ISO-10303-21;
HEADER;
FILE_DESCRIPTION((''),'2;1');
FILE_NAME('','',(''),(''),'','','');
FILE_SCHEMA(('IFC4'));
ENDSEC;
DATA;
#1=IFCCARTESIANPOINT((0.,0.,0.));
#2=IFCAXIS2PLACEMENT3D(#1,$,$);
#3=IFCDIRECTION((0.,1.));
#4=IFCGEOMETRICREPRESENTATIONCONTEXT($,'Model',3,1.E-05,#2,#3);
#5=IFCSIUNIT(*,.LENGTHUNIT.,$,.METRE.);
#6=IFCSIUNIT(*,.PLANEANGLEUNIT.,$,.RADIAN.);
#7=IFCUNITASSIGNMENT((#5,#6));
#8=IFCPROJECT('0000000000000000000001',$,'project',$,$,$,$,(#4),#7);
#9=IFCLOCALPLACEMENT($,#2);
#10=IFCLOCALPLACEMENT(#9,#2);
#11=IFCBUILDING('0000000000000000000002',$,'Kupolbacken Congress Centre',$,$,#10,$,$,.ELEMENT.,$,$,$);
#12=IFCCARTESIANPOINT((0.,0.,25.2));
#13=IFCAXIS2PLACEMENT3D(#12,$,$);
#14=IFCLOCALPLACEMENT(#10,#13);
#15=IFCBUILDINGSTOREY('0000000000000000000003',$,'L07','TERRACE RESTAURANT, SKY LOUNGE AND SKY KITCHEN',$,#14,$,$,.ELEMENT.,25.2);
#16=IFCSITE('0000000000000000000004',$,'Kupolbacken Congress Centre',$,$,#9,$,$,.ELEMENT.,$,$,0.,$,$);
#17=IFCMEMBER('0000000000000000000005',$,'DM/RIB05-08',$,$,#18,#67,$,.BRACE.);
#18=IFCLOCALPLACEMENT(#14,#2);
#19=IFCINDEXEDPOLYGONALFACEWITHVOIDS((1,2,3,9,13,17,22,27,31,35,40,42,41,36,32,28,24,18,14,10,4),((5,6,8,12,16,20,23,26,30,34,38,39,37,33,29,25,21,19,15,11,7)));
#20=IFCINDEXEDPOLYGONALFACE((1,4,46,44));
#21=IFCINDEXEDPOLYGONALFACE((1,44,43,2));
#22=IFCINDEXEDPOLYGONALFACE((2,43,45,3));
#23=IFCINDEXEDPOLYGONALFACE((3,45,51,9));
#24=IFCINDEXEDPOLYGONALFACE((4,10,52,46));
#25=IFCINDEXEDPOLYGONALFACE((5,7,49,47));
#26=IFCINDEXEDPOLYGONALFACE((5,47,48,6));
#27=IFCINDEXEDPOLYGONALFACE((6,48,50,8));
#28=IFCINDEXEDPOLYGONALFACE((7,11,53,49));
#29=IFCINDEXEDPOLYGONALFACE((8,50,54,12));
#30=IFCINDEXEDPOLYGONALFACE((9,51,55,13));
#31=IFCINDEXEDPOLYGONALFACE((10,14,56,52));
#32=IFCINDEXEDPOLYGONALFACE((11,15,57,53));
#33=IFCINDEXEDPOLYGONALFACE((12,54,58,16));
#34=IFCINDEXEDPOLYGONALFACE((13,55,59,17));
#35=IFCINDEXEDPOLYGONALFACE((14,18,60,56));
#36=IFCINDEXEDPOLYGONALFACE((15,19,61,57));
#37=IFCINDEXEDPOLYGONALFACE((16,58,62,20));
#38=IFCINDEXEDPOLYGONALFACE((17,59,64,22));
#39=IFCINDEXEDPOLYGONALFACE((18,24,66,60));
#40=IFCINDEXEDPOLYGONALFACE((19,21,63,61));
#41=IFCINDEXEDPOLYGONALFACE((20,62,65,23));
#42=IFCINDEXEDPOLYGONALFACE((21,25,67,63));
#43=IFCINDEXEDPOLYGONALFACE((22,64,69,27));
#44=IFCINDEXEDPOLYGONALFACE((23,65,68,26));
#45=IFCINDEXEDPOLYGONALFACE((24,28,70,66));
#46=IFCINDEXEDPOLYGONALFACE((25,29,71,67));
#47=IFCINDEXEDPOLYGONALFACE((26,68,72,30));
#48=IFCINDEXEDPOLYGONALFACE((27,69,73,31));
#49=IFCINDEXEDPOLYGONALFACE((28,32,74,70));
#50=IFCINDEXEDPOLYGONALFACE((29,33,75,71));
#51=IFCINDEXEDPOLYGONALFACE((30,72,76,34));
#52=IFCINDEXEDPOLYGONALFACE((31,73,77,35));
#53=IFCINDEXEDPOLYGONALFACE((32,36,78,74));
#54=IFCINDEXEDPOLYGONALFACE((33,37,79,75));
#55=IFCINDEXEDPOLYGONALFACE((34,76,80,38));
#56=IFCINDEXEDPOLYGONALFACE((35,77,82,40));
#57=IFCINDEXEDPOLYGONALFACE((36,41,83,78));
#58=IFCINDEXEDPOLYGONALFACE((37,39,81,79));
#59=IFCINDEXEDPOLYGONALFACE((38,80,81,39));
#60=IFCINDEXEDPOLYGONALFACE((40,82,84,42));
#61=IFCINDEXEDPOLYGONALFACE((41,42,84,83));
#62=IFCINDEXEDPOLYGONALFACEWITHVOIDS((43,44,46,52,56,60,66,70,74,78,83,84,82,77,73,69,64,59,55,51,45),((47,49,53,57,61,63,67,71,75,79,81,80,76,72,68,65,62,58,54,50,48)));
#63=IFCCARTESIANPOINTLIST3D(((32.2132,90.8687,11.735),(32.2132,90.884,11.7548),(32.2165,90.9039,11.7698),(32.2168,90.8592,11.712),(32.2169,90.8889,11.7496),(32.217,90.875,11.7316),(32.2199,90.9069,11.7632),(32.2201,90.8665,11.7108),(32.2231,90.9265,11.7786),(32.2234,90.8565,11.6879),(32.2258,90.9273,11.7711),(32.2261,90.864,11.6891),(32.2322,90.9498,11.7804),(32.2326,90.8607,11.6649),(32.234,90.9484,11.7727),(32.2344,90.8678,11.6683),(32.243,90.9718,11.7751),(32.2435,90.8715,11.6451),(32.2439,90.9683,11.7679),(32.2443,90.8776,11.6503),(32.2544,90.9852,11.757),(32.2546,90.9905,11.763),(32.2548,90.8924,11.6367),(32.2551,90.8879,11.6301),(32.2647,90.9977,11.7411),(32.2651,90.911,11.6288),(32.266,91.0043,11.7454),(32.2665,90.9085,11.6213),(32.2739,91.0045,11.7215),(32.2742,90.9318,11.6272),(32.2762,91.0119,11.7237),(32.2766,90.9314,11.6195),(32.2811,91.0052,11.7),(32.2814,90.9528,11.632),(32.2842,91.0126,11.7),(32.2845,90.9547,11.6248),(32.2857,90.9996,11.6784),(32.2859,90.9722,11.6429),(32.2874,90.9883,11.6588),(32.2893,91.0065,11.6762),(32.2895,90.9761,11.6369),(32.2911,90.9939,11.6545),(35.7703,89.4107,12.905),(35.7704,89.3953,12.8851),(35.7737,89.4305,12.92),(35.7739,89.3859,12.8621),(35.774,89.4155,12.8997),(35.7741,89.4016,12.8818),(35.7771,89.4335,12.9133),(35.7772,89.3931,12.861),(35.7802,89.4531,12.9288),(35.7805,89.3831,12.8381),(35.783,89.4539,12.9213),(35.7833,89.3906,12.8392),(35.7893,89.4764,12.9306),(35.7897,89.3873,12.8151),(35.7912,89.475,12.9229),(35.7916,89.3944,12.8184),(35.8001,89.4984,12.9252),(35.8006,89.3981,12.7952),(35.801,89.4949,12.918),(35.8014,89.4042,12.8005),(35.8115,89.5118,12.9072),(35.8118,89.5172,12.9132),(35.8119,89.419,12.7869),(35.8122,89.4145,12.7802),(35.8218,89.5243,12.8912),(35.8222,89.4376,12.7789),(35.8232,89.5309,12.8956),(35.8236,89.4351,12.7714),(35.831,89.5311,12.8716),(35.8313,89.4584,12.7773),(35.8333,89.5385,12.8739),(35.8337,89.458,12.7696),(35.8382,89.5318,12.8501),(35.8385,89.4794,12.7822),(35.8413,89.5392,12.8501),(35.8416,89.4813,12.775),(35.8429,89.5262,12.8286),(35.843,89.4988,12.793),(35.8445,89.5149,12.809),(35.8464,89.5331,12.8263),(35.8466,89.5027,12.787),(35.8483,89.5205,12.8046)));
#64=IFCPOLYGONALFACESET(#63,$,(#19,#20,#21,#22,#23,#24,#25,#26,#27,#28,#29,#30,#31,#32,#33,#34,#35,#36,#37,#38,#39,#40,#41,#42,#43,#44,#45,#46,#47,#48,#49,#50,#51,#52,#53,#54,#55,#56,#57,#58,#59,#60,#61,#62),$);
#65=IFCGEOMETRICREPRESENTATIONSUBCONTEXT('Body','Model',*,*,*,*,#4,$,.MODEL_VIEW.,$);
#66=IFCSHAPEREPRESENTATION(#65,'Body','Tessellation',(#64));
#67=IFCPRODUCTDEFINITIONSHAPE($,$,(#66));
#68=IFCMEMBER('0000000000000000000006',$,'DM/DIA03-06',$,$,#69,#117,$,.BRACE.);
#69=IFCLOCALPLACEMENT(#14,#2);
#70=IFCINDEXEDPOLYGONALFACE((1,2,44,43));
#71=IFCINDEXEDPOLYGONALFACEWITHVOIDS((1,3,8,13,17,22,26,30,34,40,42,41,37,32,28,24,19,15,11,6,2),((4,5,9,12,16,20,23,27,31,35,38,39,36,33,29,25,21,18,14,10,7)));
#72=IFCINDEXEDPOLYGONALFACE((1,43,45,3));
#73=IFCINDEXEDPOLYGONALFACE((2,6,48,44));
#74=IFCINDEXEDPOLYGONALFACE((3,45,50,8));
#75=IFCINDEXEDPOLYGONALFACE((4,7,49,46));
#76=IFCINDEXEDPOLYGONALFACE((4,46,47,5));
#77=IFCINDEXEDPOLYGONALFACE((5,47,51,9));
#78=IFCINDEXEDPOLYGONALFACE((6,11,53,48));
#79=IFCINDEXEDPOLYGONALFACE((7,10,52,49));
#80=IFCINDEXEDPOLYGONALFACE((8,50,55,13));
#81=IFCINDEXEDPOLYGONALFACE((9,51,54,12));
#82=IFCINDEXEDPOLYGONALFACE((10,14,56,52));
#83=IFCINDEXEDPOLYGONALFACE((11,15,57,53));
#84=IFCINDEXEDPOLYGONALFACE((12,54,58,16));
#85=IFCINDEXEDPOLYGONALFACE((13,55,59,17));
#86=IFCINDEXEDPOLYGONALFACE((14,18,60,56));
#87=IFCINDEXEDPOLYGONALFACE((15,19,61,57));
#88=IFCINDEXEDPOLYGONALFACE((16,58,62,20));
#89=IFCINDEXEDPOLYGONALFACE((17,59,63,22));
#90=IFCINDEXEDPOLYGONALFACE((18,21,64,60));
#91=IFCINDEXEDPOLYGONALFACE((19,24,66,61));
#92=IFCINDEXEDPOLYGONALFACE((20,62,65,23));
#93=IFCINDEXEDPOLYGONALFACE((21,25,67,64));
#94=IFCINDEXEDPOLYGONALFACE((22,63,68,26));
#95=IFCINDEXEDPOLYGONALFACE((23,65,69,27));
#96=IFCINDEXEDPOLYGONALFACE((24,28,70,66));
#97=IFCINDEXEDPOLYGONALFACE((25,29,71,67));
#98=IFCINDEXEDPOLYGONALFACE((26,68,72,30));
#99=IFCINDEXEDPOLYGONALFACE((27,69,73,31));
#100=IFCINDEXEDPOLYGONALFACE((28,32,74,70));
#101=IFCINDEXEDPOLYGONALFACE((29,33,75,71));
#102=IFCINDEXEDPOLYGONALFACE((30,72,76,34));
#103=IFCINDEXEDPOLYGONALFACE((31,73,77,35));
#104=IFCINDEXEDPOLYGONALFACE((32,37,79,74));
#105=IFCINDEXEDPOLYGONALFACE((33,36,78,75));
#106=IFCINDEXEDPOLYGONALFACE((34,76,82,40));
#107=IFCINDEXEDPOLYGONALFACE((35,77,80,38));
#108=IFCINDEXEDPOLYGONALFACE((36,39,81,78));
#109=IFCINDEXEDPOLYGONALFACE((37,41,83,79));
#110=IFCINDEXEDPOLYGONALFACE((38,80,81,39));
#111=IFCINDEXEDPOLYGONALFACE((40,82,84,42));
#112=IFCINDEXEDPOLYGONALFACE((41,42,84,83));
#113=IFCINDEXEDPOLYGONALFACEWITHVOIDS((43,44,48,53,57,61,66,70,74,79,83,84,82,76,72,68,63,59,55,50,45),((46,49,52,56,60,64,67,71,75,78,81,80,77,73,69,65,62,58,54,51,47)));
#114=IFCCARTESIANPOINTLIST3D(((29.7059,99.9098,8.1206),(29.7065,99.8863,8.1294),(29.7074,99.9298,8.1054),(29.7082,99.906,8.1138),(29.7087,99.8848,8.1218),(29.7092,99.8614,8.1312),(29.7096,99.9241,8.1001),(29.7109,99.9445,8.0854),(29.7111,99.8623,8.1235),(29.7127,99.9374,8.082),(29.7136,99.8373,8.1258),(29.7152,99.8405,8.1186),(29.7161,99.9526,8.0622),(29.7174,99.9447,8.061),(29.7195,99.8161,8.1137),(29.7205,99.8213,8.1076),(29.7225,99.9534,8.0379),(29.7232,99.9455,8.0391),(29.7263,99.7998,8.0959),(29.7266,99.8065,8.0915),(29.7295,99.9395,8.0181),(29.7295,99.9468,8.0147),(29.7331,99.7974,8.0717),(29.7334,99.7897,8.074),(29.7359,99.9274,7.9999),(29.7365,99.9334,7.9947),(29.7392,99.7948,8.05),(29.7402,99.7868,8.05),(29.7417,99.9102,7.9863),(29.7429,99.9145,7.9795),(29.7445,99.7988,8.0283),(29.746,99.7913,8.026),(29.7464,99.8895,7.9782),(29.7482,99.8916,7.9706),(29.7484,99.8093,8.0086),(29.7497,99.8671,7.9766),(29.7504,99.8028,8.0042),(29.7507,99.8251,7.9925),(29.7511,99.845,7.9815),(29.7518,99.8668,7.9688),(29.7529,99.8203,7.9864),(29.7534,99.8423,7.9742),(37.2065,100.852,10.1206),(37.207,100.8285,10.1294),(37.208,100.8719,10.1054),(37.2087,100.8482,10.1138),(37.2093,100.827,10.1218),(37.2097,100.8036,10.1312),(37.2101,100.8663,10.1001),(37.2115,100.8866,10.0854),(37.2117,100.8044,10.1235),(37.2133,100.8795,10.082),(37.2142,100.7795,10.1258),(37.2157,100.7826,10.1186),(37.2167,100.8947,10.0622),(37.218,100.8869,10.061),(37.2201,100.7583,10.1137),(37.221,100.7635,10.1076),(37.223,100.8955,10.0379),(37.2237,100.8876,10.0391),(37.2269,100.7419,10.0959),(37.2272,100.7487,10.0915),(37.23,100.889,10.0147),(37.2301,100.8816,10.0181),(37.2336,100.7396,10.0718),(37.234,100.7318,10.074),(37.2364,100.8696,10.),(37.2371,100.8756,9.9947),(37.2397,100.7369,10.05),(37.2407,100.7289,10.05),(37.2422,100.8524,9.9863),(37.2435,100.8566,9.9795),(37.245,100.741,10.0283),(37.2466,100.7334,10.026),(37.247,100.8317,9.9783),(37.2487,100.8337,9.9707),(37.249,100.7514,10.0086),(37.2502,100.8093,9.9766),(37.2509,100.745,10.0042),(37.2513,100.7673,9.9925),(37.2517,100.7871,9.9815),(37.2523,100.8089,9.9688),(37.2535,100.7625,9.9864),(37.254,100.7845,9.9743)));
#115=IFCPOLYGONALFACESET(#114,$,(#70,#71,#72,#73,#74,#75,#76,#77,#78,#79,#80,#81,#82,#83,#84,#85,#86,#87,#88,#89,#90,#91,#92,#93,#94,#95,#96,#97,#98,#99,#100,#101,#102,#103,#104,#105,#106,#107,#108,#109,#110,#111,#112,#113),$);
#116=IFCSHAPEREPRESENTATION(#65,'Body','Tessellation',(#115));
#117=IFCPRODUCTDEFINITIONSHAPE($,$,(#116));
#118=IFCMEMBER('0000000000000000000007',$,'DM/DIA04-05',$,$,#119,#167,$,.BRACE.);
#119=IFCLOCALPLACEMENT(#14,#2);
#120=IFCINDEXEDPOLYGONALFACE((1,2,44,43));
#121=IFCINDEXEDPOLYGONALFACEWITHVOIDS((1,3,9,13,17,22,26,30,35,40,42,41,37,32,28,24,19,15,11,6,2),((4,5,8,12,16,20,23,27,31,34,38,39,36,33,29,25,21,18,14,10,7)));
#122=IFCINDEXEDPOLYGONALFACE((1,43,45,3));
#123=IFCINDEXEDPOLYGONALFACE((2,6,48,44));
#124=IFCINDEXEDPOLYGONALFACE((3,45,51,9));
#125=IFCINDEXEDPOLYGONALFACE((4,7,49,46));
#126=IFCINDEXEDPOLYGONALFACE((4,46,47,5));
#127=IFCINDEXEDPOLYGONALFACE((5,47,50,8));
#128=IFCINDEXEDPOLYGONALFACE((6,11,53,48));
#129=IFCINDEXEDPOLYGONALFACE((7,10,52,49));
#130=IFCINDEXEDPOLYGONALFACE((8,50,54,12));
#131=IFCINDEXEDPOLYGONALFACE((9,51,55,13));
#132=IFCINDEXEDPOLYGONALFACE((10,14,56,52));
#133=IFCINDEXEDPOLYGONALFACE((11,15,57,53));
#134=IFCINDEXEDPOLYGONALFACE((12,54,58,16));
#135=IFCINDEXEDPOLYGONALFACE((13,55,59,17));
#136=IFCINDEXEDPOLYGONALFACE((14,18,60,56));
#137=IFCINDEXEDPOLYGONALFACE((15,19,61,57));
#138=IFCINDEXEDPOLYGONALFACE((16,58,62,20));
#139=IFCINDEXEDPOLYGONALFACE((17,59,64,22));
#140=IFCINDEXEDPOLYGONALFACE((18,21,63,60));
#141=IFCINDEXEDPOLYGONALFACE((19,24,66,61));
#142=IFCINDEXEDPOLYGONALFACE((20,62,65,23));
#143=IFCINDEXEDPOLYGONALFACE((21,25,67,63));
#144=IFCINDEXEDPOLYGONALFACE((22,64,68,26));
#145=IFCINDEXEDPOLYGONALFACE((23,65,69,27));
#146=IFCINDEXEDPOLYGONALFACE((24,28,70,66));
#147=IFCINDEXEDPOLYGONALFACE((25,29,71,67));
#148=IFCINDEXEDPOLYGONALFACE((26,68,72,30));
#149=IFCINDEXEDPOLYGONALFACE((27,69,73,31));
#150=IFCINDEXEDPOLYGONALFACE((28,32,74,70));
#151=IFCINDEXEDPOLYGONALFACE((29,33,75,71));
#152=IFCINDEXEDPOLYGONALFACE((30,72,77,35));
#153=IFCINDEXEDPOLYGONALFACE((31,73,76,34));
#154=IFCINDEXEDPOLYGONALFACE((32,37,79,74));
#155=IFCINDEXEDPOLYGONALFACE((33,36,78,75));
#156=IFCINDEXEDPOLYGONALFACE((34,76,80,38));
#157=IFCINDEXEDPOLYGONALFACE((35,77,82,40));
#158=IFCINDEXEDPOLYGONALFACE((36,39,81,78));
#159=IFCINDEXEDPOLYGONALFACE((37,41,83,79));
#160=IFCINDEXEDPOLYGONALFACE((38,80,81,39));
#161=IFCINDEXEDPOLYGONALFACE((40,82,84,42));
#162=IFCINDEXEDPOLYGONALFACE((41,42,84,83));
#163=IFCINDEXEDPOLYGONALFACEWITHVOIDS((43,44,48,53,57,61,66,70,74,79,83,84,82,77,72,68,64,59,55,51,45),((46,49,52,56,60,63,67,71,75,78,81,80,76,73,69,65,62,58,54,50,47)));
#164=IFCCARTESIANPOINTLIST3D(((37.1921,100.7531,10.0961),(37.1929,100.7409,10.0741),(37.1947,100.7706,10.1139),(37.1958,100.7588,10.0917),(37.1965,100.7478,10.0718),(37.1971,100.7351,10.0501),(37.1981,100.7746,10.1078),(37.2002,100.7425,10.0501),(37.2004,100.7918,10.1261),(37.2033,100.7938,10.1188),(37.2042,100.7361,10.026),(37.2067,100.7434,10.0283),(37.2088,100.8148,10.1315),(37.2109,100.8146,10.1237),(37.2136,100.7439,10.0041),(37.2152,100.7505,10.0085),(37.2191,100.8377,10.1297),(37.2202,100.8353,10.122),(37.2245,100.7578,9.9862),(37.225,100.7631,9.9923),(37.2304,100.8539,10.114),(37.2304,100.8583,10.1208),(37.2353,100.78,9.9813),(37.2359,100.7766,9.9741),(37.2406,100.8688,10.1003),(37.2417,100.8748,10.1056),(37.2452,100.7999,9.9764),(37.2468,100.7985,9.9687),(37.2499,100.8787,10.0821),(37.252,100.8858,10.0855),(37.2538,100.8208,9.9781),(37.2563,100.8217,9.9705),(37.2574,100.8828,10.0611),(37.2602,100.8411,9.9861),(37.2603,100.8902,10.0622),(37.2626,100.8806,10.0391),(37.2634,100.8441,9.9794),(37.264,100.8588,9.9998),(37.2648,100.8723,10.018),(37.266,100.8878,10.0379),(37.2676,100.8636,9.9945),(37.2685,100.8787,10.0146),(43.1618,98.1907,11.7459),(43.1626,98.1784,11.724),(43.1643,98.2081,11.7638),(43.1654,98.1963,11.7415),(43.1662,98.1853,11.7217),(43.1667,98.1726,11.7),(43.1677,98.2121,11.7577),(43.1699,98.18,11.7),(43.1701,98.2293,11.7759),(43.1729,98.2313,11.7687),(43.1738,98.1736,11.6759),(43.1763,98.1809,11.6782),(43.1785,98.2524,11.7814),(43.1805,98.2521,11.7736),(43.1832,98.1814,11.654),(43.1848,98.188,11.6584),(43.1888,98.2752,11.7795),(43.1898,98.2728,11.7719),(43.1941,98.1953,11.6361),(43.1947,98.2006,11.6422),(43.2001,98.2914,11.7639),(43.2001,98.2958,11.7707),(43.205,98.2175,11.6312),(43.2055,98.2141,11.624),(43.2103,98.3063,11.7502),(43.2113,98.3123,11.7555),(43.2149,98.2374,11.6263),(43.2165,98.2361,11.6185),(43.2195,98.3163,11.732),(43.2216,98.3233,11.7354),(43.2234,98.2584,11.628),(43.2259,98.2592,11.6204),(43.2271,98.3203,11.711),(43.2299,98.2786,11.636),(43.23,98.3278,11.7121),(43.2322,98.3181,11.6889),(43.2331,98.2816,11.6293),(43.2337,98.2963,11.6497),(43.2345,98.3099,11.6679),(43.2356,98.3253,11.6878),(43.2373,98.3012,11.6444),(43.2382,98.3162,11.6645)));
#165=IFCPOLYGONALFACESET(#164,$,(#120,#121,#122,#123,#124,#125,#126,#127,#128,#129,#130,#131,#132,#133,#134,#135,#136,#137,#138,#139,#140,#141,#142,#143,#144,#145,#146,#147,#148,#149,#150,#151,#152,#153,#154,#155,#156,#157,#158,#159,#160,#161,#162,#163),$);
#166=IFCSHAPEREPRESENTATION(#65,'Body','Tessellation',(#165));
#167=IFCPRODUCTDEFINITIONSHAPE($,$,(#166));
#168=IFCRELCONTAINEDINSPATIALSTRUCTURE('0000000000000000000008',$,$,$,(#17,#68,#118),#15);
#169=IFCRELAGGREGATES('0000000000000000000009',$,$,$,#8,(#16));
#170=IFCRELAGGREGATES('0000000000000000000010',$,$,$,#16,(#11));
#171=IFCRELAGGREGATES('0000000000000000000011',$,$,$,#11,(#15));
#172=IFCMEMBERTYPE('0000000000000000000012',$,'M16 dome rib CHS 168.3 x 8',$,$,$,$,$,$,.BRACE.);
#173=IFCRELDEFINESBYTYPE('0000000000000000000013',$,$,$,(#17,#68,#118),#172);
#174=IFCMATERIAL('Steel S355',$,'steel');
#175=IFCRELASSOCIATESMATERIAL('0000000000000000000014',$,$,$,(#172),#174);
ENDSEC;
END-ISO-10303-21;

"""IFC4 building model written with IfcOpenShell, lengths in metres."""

from ifc_helpers import new_model, si_unit, direction, frame, origin, origin_2d, place, context, subcontext, project, spatial, hollow_circle, extrude, material, material_profile, profile_set, type_object, element, save


model = new_model("IFC4")

# Units and contexts
model_context = context("Model", 3, precision=1e-05, world=origin(), true_north=direction((0.0, 1.0)))
body_context = subcontext(model_context, "Body", "Model", "MODEL_VIEW")
ifc_project = project(units=[si_unit("LENGTHUNIT", "METRE"), si_unit("PLANEANGLEUNIT", "RADIAN")], contexts=[model_context])

# Site, building, storey
site_placement = place(None, origin())
site = spatial("IfcSite", under=ifc_project, at=site_placement, Name="Kupolbacken Congress Centre", CompositionType="ELEMENT", RefElevation=0.0)
building_placement = place(site_placement, origin())
building = spatial("IfcBuilding", under=site, at=building_placement, Name="Kupolbacken Congress Centre", CompositionType="ELEMENT")
storey_placement = place(building_placement, frame((0.0, 0.0, 25.2)))
storey = spatial("IfcBuildingStorey", under=building, at=storey_placement, Name="L07", Description="TERRACE RESTAURANT, SKY LOUNGE AND SKY KITCHEN", CompositionType="ELEMENT", Elevation=25.2)

# Members
ifc_material_1 = material(Name="Steel S355", Category="steel")
ifc_material_profile_1 = material_profile(ifc_material_1, hollow_circle(Radius=0.0842, WallThickness=0.0081, at=origin_2d()), Name="CHS 168.3 x 8")
ifc_profile_set_1 = profile_set([ifc_material_profile_1], Name="Steel S355")
member_type_1 = type_object("IfcMemberType", Name="M16 dome rib CHS 168.3 x 8", PredefinedType="BRACE", material=ifc_profile_set_1)
for number, where, z_axis, x_axis, name in (
    (1, (32.252, 90.9348, 11.7), (0.885228, -0.366668, 0.286226), (0.382678, 0.923882, 0.0), "DM/RIB05-08"),
):
    element("IfcMember", number, at=place(storey_placement, frame(where, z_axis=z_axis, x_axis=x_axis)), inside=storey, type_object=member_type_1, Name=name, PredefinedType="BRACE", context=body_context, shape_type="SweptSolid", body=[
        extrude(hollow_circle(Radius=0.0842, WallThickness=0.0081, at=origin_2d()), origin(), (0.0, 0.0, 1.0), 4.0183),
    ])
member_1_placement = place(storey_placement, frame((37.2302, 100.8125, 10.05), z_axis=(-0.9592, -0.120485, -0.25577), x_axis=(0.124631, -0.992203, 0.0)))
element("IfcMember", 2, at=member_1_placement, inside=storey, type_object=member_type_1, Name="DM/DIA03-06", PredefinedType="BRACE", context=body_context, shape_type="SweptSolid", body=[
    extrude(hollow_circle(Radius=0.0842, WallThickness=0.0081, at=origin_2d()), origin(), (0.0, 0.0, 1.0), 7.8196),
])
member_2_placement = place(storey_placement, frame((43.2, 98.25, 11.7), z_axis=(-0.890645, 0.382308, -0.246155), x_axis=(-0.394445, -0.918919, 0.0)))
element("IfcMember", 3, at=member_2_placement, inside=storey, type_object=member_type_1, Name="DM/DIA04-05", PredefinedType="BRACE", context=body_context, shape_type="SweptSolid", body=[
    extrude(hollow_circle(Radius=0.0842, WallThickness=0.0081, at=origin_2d()), origin(), (0.0, 0.0, 1.0), 6.7026),
])

save(model, "model.ifc")
